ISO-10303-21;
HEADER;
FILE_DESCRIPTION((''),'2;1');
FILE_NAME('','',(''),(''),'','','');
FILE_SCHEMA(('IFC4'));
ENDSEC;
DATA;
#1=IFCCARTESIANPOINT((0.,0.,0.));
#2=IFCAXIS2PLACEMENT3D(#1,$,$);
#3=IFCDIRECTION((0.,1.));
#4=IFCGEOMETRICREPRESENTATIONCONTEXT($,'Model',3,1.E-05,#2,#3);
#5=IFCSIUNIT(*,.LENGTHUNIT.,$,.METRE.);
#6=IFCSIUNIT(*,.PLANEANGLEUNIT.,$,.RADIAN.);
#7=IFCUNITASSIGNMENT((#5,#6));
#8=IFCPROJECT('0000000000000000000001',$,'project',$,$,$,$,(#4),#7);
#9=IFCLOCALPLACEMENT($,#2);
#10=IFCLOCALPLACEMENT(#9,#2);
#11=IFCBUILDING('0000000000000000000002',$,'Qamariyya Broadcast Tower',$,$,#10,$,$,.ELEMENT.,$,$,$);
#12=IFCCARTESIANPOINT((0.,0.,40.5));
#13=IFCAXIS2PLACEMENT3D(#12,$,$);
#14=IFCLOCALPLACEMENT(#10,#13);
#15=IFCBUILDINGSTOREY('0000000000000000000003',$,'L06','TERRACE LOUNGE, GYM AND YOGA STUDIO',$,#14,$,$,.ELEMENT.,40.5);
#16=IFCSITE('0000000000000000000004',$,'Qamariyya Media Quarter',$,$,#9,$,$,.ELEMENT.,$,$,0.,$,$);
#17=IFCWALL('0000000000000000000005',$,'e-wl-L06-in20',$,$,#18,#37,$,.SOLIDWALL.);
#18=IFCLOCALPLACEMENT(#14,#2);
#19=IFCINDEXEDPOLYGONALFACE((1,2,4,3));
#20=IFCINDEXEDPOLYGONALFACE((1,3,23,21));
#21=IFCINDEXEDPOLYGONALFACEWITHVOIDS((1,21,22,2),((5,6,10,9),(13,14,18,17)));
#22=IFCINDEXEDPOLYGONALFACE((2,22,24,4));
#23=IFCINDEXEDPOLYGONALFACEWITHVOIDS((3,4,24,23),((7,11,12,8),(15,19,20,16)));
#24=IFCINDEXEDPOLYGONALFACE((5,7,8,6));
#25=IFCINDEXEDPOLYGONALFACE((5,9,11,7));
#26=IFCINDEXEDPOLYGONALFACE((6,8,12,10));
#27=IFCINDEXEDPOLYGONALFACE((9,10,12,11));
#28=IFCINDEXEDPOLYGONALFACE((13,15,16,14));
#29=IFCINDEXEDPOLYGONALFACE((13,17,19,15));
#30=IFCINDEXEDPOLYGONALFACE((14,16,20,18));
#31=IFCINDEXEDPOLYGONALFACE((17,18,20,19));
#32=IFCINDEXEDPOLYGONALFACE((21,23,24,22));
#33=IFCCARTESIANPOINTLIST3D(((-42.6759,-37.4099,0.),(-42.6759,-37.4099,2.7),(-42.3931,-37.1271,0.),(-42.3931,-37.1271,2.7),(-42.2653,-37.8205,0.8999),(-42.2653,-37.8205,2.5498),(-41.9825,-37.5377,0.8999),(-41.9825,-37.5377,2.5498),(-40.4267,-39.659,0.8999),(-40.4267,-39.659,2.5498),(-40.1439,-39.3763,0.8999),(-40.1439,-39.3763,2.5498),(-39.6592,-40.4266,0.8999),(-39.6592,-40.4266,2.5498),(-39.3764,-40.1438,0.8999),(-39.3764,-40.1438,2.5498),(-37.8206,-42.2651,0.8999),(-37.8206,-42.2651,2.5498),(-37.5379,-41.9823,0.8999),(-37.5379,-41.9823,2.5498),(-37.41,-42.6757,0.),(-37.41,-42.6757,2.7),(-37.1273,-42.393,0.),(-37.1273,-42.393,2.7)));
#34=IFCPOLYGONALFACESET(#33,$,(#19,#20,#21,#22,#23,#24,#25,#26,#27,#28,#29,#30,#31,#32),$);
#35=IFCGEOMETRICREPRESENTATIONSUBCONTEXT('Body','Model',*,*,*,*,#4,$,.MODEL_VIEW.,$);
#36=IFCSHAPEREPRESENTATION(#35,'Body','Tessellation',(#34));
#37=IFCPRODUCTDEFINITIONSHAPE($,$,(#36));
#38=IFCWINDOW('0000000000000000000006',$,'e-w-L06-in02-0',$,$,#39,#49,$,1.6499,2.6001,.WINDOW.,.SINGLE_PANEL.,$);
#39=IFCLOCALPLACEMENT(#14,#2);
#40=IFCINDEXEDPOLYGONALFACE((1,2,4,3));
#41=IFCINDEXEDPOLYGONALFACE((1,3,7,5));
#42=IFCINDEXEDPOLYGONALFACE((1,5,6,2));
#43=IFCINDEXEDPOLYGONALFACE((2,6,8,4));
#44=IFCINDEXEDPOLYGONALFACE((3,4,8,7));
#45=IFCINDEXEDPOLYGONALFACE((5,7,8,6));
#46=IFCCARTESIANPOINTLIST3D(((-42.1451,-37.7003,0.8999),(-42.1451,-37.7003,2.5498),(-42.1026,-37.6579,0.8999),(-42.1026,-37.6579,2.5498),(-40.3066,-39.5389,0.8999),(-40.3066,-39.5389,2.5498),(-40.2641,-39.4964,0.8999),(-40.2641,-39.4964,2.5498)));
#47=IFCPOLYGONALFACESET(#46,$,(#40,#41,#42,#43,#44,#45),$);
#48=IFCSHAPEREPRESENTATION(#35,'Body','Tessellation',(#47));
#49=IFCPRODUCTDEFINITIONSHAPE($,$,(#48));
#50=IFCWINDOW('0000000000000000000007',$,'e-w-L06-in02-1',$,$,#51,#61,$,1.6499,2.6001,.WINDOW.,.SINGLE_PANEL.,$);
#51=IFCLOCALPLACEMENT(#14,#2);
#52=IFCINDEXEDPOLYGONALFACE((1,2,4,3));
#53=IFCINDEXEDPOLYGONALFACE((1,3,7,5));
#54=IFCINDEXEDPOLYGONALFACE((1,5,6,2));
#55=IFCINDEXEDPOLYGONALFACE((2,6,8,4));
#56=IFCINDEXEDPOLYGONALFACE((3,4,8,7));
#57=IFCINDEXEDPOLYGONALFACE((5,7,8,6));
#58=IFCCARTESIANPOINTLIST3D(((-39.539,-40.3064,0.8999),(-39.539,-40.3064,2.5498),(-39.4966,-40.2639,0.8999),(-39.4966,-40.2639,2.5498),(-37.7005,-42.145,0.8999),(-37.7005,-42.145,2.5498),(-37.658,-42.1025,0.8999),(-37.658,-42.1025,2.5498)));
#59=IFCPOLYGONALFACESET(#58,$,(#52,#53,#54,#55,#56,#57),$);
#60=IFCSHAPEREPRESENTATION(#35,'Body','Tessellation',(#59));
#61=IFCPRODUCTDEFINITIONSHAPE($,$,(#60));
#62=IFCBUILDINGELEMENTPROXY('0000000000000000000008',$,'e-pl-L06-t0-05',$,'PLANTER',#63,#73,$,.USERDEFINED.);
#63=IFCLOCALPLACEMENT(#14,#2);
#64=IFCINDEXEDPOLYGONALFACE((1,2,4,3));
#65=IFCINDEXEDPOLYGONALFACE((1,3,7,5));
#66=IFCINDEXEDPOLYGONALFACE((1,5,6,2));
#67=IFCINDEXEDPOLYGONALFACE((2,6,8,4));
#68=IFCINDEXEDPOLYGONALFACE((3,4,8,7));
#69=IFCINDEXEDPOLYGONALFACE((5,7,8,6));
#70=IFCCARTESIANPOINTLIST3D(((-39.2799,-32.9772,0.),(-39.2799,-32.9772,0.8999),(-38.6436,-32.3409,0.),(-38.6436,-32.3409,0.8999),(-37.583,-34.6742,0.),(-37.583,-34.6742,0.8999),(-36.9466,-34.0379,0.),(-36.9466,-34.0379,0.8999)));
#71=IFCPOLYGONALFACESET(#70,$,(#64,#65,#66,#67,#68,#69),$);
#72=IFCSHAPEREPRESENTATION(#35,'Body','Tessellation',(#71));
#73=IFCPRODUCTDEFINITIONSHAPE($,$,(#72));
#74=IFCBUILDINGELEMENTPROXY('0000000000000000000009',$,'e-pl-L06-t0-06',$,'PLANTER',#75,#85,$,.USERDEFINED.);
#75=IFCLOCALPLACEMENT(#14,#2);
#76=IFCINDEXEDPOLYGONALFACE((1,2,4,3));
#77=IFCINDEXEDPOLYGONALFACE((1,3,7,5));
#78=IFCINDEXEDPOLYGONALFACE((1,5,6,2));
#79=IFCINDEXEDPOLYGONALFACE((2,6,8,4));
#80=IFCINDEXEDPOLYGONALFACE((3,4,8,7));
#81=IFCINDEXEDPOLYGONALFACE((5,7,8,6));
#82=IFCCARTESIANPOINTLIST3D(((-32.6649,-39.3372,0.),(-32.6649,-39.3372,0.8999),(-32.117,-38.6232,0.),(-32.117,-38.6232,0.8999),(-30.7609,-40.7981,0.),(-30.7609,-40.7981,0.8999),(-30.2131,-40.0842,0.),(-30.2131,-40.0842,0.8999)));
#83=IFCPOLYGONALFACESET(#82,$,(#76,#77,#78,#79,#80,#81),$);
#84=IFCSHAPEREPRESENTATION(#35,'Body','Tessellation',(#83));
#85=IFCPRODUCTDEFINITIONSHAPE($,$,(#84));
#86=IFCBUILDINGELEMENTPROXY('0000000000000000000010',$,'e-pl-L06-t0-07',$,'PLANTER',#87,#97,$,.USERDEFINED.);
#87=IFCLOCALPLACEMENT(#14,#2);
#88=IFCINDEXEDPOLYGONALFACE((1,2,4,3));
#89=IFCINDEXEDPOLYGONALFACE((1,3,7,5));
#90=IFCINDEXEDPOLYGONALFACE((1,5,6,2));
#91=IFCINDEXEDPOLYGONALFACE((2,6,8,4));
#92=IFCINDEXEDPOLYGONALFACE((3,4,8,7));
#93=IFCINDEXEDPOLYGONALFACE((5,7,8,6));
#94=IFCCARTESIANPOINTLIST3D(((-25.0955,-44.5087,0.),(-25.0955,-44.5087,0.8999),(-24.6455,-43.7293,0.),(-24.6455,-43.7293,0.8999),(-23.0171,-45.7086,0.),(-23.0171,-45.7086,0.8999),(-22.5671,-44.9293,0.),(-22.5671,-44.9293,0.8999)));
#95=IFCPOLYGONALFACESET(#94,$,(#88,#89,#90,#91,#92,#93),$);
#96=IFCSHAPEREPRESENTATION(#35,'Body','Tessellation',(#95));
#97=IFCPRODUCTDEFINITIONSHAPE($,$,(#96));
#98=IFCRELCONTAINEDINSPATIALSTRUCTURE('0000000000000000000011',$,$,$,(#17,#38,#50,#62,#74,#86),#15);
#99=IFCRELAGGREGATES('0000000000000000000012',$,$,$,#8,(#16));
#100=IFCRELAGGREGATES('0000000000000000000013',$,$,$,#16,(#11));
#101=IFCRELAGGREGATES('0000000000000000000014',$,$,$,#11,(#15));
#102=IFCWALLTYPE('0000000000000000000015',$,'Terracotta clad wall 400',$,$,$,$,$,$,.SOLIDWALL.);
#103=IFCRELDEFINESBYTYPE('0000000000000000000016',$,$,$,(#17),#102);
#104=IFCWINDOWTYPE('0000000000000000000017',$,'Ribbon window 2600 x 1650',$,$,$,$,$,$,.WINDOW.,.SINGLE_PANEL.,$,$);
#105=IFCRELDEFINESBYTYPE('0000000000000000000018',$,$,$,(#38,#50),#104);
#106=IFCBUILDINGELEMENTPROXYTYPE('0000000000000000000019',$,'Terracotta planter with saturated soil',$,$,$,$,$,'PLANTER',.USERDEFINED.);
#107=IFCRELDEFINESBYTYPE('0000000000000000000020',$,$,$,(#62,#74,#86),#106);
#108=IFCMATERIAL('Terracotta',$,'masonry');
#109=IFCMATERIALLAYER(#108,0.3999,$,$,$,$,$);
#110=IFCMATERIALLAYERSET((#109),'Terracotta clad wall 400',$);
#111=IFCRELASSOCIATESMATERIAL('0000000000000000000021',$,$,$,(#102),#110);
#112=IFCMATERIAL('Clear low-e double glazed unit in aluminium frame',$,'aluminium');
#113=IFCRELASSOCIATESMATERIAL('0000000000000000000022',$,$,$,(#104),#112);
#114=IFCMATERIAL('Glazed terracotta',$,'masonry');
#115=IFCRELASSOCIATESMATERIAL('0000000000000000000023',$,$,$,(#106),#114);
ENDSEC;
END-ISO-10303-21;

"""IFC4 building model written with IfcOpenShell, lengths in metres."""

from ifc_helpers import new_model, si_unit, direction, frame, frame_2d, origin, origin_2d, place, context, subcontext, project, spatial, rectangle, extrude, material, layer, layer_set, type_object, element, fill, save


model = new_model("IFC4")

# Units and contexts
model_context = context("Model", 3, precision=1e-05, world=origin(), true_north=direction((0.0, 1.0)))
body_context = subcontext(model_context, "Body", "Model", "MODEL_VIEW")
ifc_project = project(units=[si_unit("LENGTHUNIT", "METRE"), si_unit("PLANEANGLEUNIT", "RADIAN")], contexts=[model_context])

# Site, building, storey
site_placement = place(None, origin())
site = spatial("IfcSite", under=ifc_project, at=site_placement, Name="Qamariyya Media Quarter", CompositionType="ELEMENT", RefElevation=0.0)
building_placement = place(site_placement, origin())
building = spatial("IfcBuilding", under=site, at=building_placement, Name="Qamariyya Broadcast Tower", CompositionType="ELEMENT")
storey_placement = place(building_placement, frame((0.0, 0.0, 40.5)))
storey = spatial("IfcBuildingStorey", under=building, at=storey_placement, Name="L06", Description="TERRACE LOUNGE, GYM AND YOGA STUDIO", CompositionType="ELEMENT", Elevation=40.5)

# Wall, openings, windows
ifc_material_1 = material(Name="Terracotta", Category="masonry")
ifc_layer = layer(ifc_material_1, 0.3999)
ifc_layer_set = layer_set([ifc_layer], Name="Terracotta clad wall 400")
wall_type = type_object("IfcWallType", Name="Terracotta clad wall 400", PredefinedType="SOLIDWALL", material=ifc_layer_set)
ifc_material_2 = material(Name="Clear low-e double glazed unit in aluminium frame", Category="aluminium")
window_type = type_object("IfcWindowType", Name="Ribbon window 2600 x 1650", PartitioningType="SINGLE_PANEL", PredefinedType="WINDOW", material=ifc_material_2)
wall_1_placement = place(storey_placement, frame((-37.2686, -42.5344, 0.0), z_axis=(0.0, 0.0, 1.0), x_axis=(-0.707107, 0.707107, 0.0)))
wall_1 = element("IfcWall", 1, at=wall_1_placement, inside=storey, type_object=wall_type, Name="e-wl-L06-in20", PredefinedType="SOLIDWALL", context=body_context, shape_type="SweptSolid", body=[
    extrude(rectangle(XDim=7.447, YDim=0.3999, at=frame_2d((3.7236, 0.0))), origin(), (0.0, 0.0, 1.0), 2.7),
])
opening_1_placement = place(wall_1_placement, frame((4.2664, 0.0, 0.8999)))
opening_1 = element("IfcOpeningElement", 2, at=opening_1_placement, cuts=wall_1, PredefinedType="OPENING", context=body_context, shape_type="SweptSolid", body=[
    extrude(rectangle(XDim=2.6001, YDim=1.6499, at=frame_2d((1.3, 0.825))), frame((0.0, 0.21, 0.0), z_axis=(0.0, -1.0, 0.0), x_axis=(1.0, 0.0, 0.0)), (0.0, 0.0, 1.0), 0.4199),
])
opening_2_placement = place(wall_1_placement, frame((0.5808, 0.0, 0.8999)))
opening_2 = element("IfcOpeningElement", 3, at=opening_2_placement, cuts=wall_1, PredefinedType="OPENING", context=body_context, shape_type="SweptSolid", body=[
    extrude(rectangle(XDim=2.6001, YDim=1.6499, at=frame_2d((1.3, 0.825))), frame((0.0, 0.21, 0.0), z_axis=(0.0, -1.0, 0.0), x_axis=(1.0, 0.0, 0.0)), (0.0, 0.0, 1.0), 0.4199),
])
window_1_placement = place(opening_1_placement, origin())
window_1 = element("IfcWindow", 4, at=window_1_placement, inside=storey, type_object=window_type, Name="e-w-L06-in02-0", OverallHeight=1.6499, OverallWidth=2.6001, PartitioningType="SINGLE_PANEL", PredefinedType="WINDOW", context=body_context, shape_type="SweptSolid", body=[
    extrude(rectangle(XDim=2.6001, YDim=1.6499, at=frame_2d((1.3, 0.825))), frame((0.0, 0.03, 0.0), z_axis=(0.0, -1.0, 0.0), x_axis=(1.0, 0.0, 0.0)), (0.0, 0.0, 1.0), 0.0601),
])
fill(opening_1, window_1)
window_2_placement = place(opening_2_placement, origin())
window_2 = element("IfcWindow", 5, at=window_2_placement, inside=storey, type_object=window_type, Name="e-w-L06-in02-1", OverallHeight=1.6499, OverallWidth=2.6001, PartitioningType="SINGLE_PANEL", PredefinedType="WINDOW", context=body_context, shape_type="SweptSolid", body=[
    extrude(rectangle(XDim=2.6001, YDim=1.6499, at=frame_2d((1.3, 0.825))), frame((0.0, 0.03, 0.0), z_axis=(0.0, -1.0, 0.0), x_axis=(1.0, 0.0, 0.0)), (0.0, 0.0, 1.0), 0.0601),
])
fill(opening_2, window_2)

# Building element proxies
ifc_material_3 = material(Name="Glazed terracotta", Category="masonry")
building_element_proxy_type = type_object("IfcBuildingElementProxyType", Name="Terracotta planter with saturated soil", ElementType="PLANTER", PredefinedType="USERDEFINED", material=ifc_material_3)
for number, where, z_axis, x_axis, name in (
    (6, (-38.1133, -33.5076, 0.0), (0.0, 0.0, 1.0), (0.707107, -0.707107, 0.0), "e-pl-L06-t0-05"),
    (7, (-31.439, -39.7107, 0.0), (0.0, 0.0, 1.0), (0.793353, -0.608761, 0.0), "e-pl-L06-t0-06"),
    (8, (-23.8313, -44.719, 0.0), (0.0, 0.0, 1.0), (0.866025, -0.5, 0.0), "e-pl-L06-t0-07"),
):
    element("IfcBuildingElementProxy", number, at=place(storey_placement, frame(where, z_axis=z_axis, x_axis=x_axis)), inside=storey, type_object=building_element_proxy_type, Name=name, ObjectType="PLANTER", PredefinedType="USERDEFINED", context=body_context, shape_type="SweptSolid", body=[
        extrude(rectangle(XDim=2.3999, YDim=0.8999, at=origin_2d()), origin(), (0.0, 0.0, 1.0), 0.8999),
    ])

save(model, "model.ifc")
